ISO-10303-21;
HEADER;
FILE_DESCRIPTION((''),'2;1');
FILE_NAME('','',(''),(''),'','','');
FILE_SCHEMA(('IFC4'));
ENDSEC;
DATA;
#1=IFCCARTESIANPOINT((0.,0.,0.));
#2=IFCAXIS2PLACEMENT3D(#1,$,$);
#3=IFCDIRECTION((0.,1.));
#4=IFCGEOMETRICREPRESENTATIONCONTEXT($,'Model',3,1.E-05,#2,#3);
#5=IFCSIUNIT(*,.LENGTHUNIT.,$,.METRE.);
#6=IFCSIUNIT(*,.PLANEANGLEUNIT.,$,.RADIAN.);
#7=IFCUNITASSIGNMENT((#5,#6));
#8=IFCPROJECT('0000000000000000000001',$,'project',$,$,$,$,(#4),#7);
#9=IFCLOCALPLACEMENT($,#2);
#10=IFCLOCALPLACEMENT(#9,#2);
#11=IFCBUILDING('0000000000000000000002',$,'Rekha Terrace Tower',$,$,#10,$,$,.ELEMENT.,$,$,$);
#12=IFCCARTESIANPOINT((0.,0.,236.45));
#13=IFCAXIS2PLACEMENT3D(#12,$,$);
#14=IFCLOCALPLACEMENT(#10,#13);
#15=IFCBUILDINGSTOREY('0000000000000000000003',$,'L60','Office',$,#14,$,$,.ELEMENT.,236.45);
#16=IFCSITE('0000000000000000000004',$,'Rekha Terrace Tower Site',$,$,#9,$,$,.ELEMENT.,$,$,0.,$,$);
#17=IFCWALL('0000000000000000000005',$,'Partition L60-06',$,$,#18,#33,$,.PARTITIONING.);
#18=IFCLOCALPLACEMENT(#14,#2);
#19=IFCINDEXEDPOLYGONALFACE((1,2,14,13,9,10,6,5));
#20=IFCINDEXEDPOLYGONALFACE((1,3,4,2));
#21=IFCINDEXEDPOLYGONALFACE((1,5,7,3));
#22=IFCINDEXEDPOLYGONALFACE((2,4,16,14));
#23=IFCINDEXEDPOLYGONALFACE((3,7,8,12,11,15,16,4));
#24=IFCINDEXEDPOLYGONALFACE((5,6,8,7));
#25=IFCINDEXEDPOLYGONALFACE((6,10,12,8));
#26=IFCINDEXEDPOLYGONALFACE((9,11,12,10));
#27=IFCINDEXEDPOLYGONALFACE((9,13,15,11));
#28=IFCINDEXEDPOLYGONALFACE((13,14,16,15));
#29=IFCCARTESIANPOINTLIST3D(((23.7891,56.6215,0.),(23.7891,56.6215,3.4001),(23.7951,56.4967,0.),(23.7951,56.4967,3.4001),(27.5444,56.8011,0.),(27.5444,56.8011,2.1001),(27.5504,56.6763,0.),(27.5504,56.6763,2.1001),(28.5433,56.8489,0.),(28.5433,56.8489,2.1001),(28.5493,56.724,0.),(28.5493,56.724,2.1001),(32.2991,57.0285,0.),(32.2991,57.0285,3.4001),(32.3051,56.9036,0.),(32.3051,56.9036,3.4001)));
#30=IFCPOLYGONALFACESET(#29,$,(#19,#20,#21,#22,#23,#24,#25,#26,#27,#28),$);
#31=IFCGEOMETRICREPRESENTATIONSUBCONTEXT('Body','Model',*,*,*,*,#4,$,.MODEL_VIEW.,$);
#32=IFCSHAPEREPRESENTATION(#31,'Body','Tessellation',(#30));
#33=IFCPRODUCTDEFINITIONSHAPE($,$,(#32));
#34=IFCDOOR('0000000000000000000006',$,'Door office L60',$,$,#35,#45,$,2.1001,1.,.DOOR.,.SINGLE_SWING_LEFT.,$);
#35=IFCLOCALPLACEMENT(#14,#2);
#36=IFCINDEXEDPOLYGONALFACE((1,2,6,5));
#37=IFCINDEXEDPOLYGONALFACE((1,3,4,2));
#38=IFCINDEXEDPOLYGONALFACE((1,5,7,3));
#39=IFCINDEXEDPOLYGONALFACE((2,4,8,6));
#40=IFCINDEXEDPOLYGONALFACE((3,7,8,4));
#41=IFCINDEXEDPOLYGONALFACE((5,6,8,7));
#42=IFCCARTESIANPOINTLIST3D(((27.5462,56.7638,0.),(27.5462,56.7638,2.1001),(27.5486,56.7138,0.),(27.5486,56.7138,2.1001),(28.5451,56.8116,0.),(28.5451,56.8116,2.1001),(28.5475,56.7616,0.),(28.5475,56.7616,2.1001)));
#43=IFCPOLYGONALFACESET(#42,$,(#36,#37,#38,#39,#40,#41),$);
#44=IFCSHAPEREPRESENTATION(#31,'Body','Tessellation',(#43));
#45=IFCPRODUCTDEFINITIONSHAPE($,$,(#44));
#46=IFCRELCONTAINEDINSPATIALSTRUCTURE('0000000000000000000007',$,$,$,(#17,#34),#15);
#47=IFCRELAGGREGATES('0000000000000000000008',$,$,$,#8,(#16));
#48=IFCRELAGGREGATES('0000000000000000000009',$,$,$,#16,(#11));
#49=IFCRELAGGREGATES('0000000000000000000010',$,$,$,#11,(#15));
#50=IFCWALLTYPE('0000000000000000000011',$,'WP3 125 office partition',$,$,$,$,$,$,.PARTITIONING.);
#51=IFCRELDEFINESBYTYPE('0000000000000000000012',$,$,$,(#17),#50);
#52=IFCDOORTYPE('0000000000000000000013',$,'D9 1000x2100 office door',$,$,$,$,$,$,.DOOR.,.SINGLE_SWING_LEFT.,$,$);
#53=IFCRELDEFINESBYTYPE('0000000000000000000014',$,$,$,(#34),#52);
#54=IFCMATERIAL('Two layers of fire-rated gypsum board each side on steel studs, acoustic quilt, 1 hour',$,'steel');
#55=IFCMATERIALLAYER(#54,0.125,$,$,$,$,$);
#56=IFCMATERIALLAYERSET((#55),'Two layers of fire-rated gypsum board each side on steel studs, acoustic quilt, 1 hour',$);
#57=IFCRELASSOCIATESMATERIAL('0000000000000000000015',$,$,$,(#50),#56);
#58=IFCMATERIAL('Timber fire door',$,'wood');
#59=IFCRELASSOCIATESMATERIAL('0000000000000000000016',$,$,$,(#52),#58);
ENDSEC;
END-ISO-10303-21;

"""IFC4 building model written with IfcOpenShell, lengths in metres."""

from ifc_helpers import new_model, si_unit, direction, frame, frame_2d, origin, place, context, subcontext, project, spatial, rectangle, extrude, material, layer, layer_set, type_object, element, fill, save


model = new_model("IFC4")

# Units and contexts
model_context = context("Model", 3, precision=1e-05, world=origin(), true_north=direction((0.0, 1.0)))
body_context = subcontext(model_context, "Body", "Model", "MODEL_VIEW")
ifc_project = project(units=[si_unit("LENGTHUNIT", "METRE"), si_unit("PLANEANGLEUNIT", "RADIAN")], contexts=[model_context])

# Site, building, storey
site_placement = place(None, origin())
site = spatial("IfcSite", under=ifc_project, at=site_placement, Name="Rekha Terrace Tower Site", CompositionType="ELEMENT", RefElevation=0.0)
building_placement = place(site_placement, origin())
building = spatial("IfcBuilding", under=site, at=building_placement, Name="Rekha Terrace Tower", CompositionType="ELEMENT")
storey_placement = place(building_placement, frame((0.0, 0.0, 236.45)))
storey = spatial("IfcBuildingStorey", under=building, at=storey_placement, Name="L60", Description="Office", CompositionType="ELEMENT", Elevation=236.45)

# Shared definitions
ifc_material_1 = material(Name="Two layers of fire-rated gypsum board each side on steel studs, acoustic quilt, 1 hour", Category="steel")
ifc_layer_1 = layer(ifc_material_1, 0.125)
ifc_layer_set_1 = layer_set([ifc_layer_1], Name="Two layers of fire-rated gypsum board each side on steel studs, acoustic quilt, 1 hour")
wall_type_1 = type_object("IfcWallType", Name="WP3 125 office partition", PredefinedType="PARTITIONING", material=ifc_layer_set_1)

# Shared definitions
ifc_material_2 = material(Name="Timber fire door", Category="wood")
door_type_1 = type_object("IfcDoorType", Name="D9 1000x2100 office door", OperationType="SINGLE_SWING_LEFT", PredefinedType="DOOR", material=ifc_material_2)

# Wall, opening, door
wall_1_placement = place(storey_placement, frame((32.302, 56.9661, 0.0), z_axis=(0.0, 0.0, 1.0), x_axis=(-0.998858, -0.047769, 0.0)))
wall_1 = element("IfcWall", 1, at=wall_1_placement, inside=storey, type_object=wall_type_1, Name="Partition L60-06", PredefinedType="PARTITIONING", context=body_context, shape_type="SweptSolid", body=[
    extrude(rectangle(XDim=8.5198, YDim=0.125, at=frame_2d((4.2598, 0.0))), origin(), (0.0, 0.0, 1.0), 3.4001),
])
opening_1_placement = place(wall_1_placement, frame((3.76, 0.0, 0.0)))
opening_1 = element("IfcOpeningElement", 2, at=opening_1_placement, cuts=wall_1, PredefinedType="OPENING", context=body_context, shape_type="SweptSolid", body=[
    extrude(rectangle(XDim=1.0, YDim=2.1001, at=frame_2d((0.5, 1.05))), frame((0.0, 0.0725, 0.0), z_axis=(0.0, -1.0, 0.0), x_axis=(1.0, 0.0, 0.0)), (0.0, 0.0, 1.0), 0.145),
])
door_1_placement = place(opening_1_placement, origin())
door_1 = element("IfcDoor", 3, at=door_1_placement, inside=storey, type_object=door_type_1, Name="Door office L60", OperationType="SINGLE_SWING_LEFT", OverallHeight=2.1001, OverallWidth=1.0, PredefinedType="DOOR", context=body_context, shape_type="SweptSolid", body=[
    extrude(rectangle(XDim=1.0, YDim=2.1001, at=frame_2d((0.5, 1.05))), frame((0.0, 0.0249, 0.0), z_axis=(0.0, -1.0, 0.0), x_axis=(1.0, 0.0, 0.0)), (0.0, 0.0, 1.0), 0.05),
])
fill(opening_1, door_1)

save(model, "model.ifc")
